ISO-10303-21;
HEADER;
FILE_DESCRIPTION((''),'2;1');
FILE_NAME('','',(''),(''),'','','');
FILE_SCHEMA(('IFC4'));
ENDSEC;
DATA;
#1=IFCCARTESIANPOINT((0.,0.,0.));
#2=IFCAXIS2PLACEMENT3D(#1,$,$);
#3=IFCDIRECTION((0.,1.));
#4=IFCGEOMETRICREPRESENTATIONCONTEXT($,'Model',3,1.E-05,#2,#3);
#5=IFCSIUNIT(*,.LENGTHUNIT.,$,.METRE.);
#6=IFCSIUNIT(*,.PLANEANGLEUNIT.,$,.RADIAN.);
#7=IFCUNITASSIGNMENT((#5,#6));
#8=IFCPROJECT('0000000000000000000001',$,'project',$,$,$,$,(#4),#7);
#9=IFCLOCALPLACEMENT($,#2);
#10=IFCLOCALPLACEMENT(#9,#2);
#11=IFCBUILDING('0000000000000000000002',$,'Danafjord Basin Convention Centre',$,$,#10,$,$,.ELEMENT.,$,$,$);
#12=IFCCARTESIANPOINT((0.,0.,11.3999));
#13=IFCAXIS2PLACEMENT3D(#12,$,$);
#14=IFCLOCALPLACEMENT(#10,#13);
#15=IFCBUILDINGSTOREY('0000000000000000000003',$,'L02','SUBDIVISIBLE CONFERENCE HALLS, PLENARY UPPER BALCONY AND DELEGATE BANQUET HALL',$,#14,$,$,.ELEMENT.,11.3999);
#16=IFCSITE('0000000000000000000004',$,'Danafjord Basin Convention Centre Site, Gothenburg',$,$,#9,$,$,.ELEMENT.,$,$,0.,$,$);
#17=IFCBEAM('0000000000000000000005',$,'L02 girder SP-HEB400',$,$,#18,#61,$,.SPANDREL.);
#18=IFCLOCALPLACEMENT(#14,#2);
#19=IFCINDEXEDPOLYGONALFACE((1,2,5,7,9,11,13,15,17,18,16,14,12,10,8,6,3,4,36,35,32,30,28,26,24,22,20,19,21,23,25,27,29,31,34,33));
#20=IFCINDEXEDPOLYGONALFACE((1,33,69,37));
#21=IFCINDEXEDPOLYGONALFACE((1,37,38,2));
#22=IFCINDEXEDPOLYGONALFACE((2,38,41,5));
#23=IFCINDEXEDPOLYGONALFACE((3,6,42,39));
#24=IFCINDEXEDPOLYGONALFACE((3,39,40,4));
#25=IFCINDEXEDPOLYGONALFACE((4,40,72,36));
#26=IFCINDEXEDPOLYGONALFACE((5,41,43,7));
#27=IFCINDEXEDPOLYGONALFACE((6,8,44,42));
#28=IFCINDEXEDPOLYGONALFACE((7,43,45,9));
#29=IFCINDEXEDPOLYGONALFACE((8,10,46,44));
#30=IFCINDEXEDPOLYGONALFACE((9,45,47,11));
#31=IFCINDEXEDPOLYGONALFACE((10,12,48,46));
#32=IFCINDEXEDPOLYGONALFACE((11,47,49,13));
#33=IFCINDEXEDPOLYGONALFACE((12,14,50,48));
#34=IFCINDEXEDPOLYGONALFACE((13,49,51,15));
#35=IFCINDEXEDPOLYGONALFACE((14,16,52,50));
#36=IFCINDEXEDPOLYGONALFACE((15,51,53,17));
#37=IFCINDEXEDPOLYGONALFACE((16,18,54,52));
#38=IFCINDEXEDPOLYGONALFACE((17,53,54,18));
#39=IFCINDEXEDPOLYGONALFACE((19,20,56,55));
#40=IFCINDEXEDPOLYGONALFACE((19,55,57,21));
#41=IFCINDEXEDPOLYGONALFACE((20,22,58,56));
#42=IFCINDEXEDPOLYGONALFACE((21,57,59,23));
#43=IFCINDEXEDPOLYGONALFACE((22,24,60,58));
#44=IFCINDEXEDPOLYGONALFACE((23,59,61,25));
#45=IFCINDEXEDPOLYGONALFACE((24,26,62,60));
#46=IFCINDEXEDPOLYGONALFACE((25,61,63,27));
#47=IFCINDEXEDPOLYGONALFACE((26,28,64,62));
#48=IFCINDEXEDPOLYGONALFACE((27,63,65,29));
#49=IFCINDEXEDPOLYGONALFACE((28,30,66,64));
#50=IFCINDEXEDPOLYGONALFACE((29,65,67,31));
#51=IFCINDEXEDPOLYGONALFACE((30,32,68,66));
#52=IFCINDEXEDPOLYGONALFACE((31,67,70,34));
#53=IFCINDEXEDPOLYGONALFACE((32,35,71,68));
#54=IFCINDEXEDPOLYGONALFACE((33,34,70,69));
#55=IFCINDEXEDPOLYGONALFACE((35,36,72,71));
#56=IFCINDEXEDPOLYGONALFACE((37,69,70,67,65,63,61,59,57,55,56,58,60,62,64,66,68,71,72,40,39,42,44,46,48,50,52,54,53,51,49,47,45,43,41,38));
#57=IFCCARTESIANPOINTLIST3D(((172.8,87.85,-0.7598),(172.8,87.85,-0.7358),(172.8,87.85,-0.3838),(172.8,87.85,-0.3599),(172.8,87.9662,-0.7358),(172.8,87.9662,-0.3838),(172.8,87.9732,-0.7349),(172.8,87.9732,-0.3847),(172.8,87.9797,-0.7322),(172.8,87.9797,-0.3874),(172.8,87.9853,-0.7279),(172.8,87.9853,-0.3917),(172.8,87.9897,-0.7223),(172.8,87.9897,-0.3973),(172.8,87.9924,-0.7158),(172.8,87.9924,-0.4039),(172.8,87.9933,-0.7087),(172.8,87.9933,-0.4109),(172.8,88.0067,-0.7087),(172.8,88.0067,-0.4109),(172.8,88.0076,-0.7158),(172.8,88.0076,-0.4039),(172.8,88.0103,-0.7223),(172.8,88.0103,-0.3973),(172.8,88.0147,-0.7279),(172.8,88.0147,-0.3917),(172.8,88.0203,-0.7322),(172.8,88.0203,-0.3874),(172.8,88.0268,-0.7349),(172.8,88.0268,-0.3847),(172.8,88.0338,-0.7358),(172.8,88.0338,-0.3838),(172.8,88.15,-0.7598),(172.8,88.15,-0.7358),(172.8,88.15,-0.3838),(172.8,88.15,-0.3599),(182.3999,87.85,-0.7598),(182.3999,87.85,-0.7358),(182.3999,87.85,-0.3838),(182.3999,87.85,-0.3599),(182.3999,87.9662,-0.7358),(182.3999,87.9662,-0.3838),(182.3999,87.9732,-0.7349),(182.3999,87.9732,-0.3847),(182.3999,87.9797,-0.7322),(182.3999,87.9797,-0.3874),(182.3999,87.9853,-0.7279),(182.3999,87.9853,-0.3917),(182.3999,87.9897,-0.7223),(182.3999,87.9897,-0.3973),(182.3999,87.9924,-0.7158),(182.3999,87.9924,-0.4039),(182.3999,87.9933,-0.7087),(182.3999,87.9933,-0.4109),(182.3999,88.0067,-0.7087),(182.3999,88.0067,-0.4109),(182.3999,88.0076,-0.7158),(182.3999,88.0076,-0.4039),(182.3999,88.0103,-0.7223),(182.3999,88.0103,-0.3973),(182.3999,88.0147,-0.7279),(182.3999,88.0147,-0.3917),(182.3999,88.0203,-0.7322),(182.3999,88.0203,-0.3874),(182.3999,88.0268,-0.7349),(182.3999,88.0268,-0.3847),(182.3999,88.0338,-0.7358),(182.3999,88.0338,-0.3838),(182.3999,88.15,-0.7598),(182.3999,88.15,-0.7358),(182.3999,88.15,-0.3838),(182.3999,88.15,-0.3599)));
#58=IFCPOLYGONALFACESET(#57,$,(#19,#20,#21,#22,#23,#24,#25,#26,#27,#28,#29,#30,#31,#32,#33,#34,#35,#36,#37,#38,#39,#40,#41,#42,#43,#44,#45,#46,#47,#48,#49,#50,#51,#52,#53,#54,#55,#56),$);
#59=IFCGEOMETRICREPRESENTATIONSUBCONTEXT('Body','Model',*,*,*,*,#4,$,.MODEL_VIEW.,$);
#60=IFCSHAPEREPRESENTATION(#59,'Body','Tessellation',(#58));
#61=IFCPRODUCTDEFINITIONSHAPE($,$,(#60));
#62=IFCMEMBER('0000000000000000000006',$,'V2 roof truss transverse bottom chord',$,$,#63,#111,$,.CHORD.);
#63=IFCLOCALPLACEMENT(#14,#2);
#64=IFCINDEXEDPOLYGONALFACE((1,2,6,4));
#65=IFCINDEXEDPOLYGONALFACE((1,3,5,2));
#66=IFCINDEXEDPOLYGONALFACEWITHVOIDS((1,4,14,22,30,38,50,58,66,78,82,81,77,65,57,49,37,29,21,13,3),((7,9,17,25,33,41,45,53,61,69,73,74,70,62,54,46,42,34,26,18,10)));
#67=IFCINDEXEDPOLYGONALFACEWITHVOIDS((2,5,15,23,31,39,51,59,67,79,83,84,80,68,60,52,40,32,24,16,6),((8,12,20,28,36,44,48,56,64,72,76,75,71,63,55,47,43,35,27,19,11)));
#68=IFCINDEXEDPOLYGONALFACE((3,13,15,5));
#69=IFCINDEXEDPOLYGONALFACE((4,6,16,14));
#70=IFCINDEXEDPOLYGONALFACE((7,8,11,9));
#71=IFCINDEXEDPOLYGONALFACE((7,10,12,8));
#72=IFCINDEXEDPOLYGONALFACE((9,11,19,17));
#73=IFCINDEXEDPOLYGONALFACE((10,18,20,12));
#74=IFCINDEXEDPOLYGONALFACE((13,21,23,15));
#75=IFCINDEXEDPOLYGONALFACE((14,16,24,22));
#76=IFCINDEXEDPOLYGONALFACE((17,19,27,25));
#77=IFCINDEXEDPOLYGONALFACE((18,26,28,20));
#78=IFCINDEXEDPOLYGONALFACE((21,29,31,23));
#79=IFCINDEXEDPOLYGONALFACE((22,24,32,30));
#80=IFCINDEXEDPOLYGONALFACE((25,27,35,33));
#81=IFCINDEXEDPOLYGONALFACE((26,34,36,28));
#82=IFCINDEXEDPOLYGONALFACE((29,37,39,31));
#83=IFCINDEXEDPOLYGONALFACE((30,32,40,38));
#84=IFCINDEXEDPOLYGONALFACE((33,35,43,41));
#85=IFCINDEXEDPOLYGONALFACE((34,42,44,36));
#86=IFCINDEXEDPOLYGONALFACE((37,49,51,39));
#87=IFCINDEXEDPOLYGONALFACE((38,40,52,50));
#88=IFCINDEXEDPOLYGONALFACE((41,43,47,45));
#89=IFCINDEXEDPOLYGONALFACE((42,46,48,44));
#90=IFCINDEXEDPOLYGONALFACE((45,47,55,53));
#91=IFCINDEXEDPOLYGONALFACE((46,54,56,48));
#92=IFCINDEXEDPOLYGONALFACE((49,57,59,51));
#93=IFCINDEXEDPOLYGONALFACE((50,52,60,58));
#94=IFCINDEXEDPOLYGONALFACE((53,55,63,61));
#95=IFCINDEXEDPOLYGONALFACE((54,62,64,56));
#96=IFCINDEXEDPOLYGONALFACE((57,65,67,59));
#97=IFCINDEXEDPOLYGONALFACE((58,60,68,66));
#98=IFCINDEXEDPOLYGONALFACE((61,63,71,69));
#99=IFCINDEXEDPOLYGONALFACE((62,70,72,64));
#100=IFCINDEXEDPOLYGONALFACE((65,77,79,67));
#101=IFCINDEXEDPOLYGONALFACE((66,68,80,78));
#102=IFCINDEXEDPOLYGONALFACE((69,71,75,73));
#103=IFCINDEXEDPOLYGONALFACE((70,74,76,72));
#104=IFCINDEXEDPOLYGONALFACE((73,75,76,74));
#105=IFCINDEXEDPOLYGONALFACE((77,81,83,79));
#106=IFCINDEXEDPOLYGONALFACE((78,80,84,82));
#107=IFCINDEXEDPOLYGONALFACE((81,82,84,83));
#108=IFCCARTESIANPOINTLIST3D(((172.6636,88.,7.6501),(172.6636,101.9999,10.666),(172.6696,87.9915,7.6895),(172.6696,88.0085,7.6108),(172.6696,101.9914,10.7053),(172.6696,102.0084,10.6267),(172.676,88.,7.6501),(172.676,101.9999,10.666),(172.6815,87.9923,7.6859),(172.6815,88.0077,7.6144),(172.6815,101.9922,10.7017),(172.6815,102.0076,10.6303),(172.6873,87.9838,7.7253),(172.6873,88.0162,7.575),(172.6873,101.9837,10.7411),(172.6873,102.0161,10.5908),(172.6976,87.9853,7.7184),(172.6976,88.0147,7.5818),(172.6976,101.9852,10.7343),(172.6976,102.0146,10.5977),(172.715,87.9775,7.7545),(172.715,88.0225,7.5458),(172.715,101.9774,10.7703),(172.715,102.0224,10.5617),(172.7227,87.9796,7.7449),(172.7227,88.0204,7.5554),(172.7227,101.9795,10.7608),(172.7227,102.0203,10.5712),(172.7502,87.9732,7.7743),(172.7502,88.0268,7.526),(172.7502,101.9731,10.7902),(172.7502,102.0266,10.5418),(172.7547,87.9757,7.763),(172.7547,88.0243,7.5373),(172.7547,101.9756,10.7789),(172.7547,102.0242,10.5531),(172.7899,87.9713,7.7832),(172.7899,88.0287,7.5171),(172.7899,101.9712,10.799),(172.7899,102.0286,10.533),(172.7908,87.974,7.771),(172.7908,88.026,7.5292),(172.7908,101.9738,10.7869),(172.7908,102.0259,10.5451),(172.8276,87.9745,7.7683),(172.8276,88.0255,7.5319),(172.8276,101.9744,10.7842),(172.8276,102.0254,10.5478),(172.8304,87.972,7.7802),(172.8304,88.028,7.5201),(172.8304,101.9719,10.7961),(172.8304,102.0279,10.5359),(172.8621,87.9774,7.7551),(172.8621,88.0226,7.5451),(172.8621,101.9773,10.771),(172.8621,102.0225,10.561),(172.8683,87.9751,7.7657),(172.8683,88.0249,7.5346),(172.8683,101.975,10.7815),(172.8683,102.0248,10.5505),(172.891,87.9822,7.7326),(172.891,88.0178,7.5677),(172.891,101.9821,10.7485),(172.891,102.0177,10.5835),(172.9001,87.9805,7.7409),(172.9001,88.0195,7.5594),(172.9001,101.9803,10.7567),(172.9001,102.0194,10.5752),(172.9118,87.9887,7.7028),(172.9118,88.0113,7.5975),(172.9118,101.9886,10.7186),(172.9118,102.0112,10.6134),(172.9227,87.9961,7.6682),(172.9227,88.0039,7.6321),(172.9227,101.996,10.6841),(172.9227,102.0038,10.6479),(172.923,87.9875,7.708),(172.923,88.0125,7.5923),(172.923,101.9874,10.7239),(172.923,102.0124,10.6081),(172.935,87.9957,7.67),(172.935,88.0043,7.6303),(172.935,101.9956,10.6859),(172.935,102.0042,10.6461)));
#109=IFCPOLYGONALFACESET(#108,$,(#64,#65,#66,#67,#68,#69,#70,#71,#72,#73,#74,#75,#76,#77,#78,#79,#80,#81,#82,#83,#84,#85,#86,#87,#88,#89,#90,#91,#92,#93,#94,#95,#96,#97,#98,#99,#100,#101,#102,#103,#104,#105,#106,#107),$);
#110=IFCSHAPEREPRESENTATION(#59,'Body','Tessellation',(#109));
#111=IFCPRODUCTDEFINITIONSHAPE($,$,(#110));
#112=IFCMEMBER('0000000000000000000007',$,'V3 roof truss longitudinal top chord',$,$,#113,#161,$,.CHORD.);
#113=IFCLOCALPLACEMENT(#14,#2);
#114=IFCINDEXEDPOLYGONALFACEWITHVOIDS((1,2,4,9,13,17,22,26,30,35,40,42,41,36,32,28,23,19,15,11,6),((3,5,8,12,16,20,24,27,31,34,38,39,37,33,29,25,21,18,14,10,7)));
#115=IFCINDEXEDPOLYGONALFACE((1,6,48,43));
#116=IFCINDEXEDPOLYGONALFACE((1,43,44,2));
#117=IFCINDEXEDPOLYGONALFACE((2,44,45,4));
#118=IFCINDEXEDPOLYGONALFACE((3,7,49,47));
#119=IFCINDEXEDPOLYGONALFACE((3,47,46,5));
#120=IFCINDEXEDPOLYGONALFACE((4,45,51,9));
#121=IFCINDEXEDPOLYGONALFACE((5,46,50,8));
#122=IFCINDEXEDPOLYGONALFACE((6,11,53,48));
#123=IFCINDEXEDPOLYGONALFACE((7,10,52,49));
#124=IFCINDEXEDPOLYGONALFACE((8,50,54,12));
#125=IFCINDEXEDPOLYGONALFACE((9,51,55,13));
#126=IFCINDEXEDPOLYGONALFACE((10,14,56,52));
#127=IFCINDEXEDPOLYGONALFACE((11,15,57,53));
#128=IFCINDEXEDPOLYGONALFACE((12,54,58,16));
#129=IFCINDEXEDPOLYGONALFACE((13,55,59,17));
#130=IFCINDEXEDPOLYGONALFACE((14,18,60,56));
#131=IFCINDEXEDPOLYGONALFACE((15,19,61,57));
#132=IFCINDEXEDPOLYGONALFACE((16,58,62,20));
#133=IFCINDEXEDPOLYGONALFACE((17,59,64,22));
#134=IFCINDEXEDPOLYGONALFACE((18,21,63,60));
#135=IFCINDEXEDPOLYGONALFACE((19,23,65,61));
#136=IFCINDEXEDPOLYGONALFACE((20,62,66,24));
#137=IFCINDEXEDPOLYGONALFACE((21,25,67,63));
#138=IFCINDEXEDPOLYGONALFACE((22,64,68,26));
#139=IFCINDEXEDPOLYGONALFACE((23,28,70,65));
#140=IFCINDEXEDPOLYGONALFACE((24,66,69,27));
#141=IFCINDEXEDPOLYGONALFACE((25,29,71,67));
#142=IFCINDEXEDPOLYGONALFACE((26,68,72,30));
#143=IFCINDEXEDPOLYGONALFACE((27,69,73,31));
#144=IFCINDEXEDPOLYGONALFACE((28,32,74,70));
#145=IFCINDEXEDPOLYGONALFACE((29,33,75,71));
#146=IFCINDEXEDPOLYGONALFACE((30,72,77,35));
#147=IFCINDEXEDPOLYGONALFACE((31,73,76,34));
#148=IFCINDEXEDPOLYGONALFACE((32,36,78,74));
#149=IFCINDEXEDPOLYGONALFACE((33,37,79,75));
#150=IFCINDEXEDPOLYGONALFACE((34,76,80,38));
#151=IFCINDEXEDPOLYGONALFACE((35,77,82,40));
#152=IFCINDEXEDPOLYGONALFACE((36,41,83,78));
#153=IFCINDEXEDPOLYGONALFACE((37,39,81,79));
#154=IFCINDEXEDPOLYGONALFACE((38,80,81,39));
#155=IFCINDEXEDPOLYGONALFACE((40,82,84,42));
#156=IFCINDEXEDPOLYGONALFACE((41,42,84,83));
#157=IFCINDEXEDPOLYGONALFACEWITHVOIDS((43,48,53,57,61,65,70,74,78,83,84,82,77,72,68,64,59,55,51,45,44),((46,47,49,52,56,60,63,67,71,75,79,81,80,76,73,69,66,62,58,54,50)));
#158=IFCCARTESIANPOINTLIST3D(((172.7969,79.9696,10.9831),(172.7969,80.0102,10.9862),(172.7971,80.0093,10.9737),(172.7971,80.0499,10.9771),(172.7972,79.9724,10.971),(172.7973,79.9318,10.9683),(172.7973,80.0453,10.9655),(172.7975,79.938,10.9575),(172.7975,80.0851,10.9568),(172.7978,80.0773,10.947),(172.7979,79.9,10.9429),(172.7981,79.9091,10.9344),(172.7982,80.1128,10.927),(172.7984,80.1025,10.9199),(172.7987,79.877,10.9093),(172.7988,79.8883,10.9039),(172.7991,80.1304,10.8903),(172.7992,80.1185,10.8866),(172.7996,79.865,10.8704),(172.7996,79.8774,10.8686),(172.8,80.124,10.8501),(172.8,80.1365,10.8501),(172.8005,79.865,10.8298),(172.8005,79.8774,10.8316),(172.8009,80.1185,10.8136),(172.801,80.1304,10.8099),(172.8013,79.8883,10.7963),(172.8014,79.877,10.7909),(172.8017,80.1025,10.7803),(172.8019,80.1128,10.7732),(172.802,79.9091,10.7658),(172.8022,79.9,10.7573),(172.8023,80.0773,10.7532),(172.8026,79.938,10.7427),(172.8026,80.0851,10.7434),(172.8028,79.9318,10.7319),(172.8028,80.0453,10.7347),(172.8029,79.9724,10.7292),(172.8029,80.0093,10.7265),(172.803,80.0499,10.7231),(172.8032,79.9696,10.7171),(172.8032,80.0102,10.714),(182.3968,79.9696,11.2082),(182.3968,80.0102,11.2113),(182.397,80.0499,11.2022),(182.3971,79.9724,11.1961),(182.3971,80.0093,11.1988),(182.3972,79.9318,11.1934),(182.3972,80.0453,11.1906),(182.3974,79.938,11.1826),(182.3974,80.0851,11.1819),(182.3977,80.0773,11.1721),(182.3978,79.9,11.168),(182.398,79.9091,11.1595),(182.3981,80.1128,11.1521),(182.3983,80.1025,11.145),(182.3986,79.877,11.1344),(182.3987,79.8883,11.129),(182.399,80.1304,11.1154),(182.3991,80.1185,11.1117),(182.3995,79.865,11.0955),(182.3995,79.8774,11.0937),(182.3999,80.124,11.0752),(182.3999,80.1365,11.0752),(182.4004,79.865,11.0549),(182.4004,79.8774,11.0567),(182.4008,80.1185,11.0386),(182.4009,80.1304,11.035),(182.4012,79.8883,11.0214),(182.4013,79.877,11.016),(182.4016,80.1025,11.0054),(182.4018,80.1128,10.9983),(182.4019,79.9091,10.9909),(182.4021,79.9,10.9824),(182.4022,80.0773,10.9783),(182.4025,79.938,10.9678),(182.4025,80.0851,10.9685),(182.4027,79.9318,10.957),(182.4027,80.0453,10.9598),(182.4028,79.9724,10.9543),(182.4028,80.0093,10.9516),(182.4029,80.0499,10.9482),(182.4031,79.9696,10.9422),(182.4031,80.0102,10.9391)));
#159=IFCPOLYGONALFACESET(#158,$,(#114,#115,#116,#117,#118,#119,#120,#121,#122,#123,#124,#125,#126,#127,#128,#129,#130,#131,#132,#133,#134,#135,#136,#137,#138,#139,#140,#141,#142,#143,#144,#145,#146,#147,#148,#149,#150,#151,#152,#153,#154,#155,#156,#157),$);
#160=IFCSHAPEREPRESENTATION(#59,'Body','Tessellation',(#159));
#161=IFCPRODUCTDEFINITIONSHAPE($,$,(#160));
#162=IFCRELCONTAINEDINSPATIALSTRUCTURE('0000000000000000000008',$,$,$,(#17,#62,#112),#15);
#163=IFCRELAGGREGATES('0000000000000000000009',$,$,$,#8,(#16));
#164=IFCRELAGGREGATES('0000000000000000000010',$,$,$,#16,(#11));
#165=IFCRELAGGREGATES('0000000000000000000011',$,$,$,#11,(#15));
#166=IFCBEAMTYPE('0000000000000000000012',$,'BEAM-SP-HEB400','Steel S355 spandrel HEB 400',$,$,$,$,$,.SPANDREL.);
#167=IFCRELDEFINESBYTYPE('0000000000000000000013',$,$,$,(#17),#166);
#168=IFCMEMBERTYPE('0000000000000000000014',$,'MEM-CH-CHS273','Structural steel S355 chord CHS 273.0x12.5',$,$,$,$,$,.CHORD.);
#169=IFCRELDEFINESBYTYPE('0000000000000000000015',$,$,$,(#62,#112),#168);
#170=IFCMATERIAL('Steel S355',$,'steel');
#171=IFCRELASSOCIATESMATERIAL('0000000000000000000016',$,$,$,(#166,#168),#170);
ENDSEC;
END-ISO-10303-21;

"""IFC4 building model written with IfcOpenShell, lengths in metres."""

from ifc_helpers import new_model, si_unit, direction, frame, origin, origin_2d, place, context, subcontext, project, spatial, hollow_circle, i_section, extrude, material, material_profile, profile_set, type_object, element, save


model = new_model("IFC4")

# Units and contexts
model_context = context("Model", 3, precision=1e-05, world=origin(), true_north=direction((0.0, 1.0)))
body_context = subcontext(model_context, "Body", "Model", "MODEL_VIEW")
ifc_project = project(units=[si_unit("LENGTHUNIT", "METRE"), si_unit("PLANEANGLEUNIT", "RADIAN")], contexts=[model_context])

# Site, building, storey
site_placement = place(None, origin())
site = spatial("IfcSite", under=ifc_project, at=site_placement, Name="Danafjord Basin Convention Centre Site, Gothenburg", CompositionType="ELEMENT", RefElevation=0.0)
building_placement = place(site_placement, origin())
building = spatial("IfcBuilding", under=site, at=building_placement, Name="Danafjord Basin Convention Centre", CompositionType="ELEMENT")
storey_placement = place(building_placement, frame((0.0, 0.0, 11.3999)))
storey = spatial("IfcBuildingStorey", under=building, at=storey_placement, Name="L02", Description="SUBDIVISIBLE CONFERENCE HALLS, PLENARY UPPER BALCONY AND DELEGATE BANQUET HALL", CompositionType="ELEMENT", Elevation=11.3999)

# Shared definitions
ifc_material_1 = material(Name="Steel S355", Category="steel")

# Beam
ifc_material_profile_1 = material_profile(ifc_material_1, i_section(OverallWidth=0.3, OverallDepth=0.3999, WebThickness=0.0134, FlangeThickness=0.0239, FilletRadius=0.0271, at=origin_2d()), Name="HEB 400")
ifc_profile_set_1 = profile_set([ifc_material_profile_1], Name="Steel S355")
beam_type_1 = type_object("IfcBeamType", Name="BEAM-SP-HEB400", Description="Steel S355 spandrel HEB 400", PredefinedType="SPANDREL", material=ifc_profile_set_1)
beam_1_placement = place(storey_placement, frame((172.8, 88.0, -0.5598), z_axis=(1.0, 0.0, 0.0), x_axis=(0.0, 1.0, 0.0)))
element("IfcBeam", 1, at=beam_1_placement, inside=storey, type_object=beam_type_1, Name="L02 girder SP-HEB400", PredefinedType="SPANDREL", context=body_context, shape_type="SweptSolid", body=[
    extrude(i_section(OverallWidth=0.3, OverallDepth=0.3999, WebThickness=0.0134, FlangeThickness=0.0239, FilletRadius=0.0271, at=origin_2d()), origin(), (0.0, 0.0, 1.0), 9.5999),
])

# Members
ifc_material_profile_2 = material_profile(ifc_material_1, hollow_circle(Radius=0.1365, WallThickness=0.0125, at=origin_2d()), Name="CHS 273.0x12.5")
ifc_profile_set_2 = profile_set([ifc_material_profile_2], Name="Steel S355")
member_type_1 = type_object("IfcMemberType", Name="MEM-CH-CHS273", Description="Structural steel S355 chord CHS 273.0x12.5", PredefinedType="CHORD", material=ifc_profile_set_2)
member_1_placement = place(storey_placement, frame((172.8, 88.0, 7.6501), z_axis=(0.0, 0.977575, 0.210588), x_axis=(-1.0, 0.0, 0.0)))
element("IfcMember", 2, at=member_1_placement, inside=storey, type_object=member_type_1, Name="V2 roof truss transverse bottom chord", PredefinedType="CHORD", context=body_context, shape_type="SweptSolid", body=[
    extrude(hollow_circle(Radius=0.1365, WallThickness=0.0125, at=origin_2d()), origin(), (0.0, 0.0, 1.0), 14.321),
])
member_2_placement = place(storey_placement, frame((172.8, 80.0, 10.8501), z_axis=(0.999725, 0.0, 0.023442), x_axis=(0.0, 1.0, 0.0)))
element("IfcMember", 3, at=member_2_placement, inside=storey, type_object=member_type_1, Name="V3 roof truss longitudinal top chord", PredefinedType="CHORD", context=body_context, shape_type="SweptSolid", body=[
    extrude(hollow_circle(Radius=0.1365, WallThickness=0.0125, at=origin_2d()), origin(), (0.0, 0.0, 1.0), 9.6025),
])

save(model, "model.ifc")
